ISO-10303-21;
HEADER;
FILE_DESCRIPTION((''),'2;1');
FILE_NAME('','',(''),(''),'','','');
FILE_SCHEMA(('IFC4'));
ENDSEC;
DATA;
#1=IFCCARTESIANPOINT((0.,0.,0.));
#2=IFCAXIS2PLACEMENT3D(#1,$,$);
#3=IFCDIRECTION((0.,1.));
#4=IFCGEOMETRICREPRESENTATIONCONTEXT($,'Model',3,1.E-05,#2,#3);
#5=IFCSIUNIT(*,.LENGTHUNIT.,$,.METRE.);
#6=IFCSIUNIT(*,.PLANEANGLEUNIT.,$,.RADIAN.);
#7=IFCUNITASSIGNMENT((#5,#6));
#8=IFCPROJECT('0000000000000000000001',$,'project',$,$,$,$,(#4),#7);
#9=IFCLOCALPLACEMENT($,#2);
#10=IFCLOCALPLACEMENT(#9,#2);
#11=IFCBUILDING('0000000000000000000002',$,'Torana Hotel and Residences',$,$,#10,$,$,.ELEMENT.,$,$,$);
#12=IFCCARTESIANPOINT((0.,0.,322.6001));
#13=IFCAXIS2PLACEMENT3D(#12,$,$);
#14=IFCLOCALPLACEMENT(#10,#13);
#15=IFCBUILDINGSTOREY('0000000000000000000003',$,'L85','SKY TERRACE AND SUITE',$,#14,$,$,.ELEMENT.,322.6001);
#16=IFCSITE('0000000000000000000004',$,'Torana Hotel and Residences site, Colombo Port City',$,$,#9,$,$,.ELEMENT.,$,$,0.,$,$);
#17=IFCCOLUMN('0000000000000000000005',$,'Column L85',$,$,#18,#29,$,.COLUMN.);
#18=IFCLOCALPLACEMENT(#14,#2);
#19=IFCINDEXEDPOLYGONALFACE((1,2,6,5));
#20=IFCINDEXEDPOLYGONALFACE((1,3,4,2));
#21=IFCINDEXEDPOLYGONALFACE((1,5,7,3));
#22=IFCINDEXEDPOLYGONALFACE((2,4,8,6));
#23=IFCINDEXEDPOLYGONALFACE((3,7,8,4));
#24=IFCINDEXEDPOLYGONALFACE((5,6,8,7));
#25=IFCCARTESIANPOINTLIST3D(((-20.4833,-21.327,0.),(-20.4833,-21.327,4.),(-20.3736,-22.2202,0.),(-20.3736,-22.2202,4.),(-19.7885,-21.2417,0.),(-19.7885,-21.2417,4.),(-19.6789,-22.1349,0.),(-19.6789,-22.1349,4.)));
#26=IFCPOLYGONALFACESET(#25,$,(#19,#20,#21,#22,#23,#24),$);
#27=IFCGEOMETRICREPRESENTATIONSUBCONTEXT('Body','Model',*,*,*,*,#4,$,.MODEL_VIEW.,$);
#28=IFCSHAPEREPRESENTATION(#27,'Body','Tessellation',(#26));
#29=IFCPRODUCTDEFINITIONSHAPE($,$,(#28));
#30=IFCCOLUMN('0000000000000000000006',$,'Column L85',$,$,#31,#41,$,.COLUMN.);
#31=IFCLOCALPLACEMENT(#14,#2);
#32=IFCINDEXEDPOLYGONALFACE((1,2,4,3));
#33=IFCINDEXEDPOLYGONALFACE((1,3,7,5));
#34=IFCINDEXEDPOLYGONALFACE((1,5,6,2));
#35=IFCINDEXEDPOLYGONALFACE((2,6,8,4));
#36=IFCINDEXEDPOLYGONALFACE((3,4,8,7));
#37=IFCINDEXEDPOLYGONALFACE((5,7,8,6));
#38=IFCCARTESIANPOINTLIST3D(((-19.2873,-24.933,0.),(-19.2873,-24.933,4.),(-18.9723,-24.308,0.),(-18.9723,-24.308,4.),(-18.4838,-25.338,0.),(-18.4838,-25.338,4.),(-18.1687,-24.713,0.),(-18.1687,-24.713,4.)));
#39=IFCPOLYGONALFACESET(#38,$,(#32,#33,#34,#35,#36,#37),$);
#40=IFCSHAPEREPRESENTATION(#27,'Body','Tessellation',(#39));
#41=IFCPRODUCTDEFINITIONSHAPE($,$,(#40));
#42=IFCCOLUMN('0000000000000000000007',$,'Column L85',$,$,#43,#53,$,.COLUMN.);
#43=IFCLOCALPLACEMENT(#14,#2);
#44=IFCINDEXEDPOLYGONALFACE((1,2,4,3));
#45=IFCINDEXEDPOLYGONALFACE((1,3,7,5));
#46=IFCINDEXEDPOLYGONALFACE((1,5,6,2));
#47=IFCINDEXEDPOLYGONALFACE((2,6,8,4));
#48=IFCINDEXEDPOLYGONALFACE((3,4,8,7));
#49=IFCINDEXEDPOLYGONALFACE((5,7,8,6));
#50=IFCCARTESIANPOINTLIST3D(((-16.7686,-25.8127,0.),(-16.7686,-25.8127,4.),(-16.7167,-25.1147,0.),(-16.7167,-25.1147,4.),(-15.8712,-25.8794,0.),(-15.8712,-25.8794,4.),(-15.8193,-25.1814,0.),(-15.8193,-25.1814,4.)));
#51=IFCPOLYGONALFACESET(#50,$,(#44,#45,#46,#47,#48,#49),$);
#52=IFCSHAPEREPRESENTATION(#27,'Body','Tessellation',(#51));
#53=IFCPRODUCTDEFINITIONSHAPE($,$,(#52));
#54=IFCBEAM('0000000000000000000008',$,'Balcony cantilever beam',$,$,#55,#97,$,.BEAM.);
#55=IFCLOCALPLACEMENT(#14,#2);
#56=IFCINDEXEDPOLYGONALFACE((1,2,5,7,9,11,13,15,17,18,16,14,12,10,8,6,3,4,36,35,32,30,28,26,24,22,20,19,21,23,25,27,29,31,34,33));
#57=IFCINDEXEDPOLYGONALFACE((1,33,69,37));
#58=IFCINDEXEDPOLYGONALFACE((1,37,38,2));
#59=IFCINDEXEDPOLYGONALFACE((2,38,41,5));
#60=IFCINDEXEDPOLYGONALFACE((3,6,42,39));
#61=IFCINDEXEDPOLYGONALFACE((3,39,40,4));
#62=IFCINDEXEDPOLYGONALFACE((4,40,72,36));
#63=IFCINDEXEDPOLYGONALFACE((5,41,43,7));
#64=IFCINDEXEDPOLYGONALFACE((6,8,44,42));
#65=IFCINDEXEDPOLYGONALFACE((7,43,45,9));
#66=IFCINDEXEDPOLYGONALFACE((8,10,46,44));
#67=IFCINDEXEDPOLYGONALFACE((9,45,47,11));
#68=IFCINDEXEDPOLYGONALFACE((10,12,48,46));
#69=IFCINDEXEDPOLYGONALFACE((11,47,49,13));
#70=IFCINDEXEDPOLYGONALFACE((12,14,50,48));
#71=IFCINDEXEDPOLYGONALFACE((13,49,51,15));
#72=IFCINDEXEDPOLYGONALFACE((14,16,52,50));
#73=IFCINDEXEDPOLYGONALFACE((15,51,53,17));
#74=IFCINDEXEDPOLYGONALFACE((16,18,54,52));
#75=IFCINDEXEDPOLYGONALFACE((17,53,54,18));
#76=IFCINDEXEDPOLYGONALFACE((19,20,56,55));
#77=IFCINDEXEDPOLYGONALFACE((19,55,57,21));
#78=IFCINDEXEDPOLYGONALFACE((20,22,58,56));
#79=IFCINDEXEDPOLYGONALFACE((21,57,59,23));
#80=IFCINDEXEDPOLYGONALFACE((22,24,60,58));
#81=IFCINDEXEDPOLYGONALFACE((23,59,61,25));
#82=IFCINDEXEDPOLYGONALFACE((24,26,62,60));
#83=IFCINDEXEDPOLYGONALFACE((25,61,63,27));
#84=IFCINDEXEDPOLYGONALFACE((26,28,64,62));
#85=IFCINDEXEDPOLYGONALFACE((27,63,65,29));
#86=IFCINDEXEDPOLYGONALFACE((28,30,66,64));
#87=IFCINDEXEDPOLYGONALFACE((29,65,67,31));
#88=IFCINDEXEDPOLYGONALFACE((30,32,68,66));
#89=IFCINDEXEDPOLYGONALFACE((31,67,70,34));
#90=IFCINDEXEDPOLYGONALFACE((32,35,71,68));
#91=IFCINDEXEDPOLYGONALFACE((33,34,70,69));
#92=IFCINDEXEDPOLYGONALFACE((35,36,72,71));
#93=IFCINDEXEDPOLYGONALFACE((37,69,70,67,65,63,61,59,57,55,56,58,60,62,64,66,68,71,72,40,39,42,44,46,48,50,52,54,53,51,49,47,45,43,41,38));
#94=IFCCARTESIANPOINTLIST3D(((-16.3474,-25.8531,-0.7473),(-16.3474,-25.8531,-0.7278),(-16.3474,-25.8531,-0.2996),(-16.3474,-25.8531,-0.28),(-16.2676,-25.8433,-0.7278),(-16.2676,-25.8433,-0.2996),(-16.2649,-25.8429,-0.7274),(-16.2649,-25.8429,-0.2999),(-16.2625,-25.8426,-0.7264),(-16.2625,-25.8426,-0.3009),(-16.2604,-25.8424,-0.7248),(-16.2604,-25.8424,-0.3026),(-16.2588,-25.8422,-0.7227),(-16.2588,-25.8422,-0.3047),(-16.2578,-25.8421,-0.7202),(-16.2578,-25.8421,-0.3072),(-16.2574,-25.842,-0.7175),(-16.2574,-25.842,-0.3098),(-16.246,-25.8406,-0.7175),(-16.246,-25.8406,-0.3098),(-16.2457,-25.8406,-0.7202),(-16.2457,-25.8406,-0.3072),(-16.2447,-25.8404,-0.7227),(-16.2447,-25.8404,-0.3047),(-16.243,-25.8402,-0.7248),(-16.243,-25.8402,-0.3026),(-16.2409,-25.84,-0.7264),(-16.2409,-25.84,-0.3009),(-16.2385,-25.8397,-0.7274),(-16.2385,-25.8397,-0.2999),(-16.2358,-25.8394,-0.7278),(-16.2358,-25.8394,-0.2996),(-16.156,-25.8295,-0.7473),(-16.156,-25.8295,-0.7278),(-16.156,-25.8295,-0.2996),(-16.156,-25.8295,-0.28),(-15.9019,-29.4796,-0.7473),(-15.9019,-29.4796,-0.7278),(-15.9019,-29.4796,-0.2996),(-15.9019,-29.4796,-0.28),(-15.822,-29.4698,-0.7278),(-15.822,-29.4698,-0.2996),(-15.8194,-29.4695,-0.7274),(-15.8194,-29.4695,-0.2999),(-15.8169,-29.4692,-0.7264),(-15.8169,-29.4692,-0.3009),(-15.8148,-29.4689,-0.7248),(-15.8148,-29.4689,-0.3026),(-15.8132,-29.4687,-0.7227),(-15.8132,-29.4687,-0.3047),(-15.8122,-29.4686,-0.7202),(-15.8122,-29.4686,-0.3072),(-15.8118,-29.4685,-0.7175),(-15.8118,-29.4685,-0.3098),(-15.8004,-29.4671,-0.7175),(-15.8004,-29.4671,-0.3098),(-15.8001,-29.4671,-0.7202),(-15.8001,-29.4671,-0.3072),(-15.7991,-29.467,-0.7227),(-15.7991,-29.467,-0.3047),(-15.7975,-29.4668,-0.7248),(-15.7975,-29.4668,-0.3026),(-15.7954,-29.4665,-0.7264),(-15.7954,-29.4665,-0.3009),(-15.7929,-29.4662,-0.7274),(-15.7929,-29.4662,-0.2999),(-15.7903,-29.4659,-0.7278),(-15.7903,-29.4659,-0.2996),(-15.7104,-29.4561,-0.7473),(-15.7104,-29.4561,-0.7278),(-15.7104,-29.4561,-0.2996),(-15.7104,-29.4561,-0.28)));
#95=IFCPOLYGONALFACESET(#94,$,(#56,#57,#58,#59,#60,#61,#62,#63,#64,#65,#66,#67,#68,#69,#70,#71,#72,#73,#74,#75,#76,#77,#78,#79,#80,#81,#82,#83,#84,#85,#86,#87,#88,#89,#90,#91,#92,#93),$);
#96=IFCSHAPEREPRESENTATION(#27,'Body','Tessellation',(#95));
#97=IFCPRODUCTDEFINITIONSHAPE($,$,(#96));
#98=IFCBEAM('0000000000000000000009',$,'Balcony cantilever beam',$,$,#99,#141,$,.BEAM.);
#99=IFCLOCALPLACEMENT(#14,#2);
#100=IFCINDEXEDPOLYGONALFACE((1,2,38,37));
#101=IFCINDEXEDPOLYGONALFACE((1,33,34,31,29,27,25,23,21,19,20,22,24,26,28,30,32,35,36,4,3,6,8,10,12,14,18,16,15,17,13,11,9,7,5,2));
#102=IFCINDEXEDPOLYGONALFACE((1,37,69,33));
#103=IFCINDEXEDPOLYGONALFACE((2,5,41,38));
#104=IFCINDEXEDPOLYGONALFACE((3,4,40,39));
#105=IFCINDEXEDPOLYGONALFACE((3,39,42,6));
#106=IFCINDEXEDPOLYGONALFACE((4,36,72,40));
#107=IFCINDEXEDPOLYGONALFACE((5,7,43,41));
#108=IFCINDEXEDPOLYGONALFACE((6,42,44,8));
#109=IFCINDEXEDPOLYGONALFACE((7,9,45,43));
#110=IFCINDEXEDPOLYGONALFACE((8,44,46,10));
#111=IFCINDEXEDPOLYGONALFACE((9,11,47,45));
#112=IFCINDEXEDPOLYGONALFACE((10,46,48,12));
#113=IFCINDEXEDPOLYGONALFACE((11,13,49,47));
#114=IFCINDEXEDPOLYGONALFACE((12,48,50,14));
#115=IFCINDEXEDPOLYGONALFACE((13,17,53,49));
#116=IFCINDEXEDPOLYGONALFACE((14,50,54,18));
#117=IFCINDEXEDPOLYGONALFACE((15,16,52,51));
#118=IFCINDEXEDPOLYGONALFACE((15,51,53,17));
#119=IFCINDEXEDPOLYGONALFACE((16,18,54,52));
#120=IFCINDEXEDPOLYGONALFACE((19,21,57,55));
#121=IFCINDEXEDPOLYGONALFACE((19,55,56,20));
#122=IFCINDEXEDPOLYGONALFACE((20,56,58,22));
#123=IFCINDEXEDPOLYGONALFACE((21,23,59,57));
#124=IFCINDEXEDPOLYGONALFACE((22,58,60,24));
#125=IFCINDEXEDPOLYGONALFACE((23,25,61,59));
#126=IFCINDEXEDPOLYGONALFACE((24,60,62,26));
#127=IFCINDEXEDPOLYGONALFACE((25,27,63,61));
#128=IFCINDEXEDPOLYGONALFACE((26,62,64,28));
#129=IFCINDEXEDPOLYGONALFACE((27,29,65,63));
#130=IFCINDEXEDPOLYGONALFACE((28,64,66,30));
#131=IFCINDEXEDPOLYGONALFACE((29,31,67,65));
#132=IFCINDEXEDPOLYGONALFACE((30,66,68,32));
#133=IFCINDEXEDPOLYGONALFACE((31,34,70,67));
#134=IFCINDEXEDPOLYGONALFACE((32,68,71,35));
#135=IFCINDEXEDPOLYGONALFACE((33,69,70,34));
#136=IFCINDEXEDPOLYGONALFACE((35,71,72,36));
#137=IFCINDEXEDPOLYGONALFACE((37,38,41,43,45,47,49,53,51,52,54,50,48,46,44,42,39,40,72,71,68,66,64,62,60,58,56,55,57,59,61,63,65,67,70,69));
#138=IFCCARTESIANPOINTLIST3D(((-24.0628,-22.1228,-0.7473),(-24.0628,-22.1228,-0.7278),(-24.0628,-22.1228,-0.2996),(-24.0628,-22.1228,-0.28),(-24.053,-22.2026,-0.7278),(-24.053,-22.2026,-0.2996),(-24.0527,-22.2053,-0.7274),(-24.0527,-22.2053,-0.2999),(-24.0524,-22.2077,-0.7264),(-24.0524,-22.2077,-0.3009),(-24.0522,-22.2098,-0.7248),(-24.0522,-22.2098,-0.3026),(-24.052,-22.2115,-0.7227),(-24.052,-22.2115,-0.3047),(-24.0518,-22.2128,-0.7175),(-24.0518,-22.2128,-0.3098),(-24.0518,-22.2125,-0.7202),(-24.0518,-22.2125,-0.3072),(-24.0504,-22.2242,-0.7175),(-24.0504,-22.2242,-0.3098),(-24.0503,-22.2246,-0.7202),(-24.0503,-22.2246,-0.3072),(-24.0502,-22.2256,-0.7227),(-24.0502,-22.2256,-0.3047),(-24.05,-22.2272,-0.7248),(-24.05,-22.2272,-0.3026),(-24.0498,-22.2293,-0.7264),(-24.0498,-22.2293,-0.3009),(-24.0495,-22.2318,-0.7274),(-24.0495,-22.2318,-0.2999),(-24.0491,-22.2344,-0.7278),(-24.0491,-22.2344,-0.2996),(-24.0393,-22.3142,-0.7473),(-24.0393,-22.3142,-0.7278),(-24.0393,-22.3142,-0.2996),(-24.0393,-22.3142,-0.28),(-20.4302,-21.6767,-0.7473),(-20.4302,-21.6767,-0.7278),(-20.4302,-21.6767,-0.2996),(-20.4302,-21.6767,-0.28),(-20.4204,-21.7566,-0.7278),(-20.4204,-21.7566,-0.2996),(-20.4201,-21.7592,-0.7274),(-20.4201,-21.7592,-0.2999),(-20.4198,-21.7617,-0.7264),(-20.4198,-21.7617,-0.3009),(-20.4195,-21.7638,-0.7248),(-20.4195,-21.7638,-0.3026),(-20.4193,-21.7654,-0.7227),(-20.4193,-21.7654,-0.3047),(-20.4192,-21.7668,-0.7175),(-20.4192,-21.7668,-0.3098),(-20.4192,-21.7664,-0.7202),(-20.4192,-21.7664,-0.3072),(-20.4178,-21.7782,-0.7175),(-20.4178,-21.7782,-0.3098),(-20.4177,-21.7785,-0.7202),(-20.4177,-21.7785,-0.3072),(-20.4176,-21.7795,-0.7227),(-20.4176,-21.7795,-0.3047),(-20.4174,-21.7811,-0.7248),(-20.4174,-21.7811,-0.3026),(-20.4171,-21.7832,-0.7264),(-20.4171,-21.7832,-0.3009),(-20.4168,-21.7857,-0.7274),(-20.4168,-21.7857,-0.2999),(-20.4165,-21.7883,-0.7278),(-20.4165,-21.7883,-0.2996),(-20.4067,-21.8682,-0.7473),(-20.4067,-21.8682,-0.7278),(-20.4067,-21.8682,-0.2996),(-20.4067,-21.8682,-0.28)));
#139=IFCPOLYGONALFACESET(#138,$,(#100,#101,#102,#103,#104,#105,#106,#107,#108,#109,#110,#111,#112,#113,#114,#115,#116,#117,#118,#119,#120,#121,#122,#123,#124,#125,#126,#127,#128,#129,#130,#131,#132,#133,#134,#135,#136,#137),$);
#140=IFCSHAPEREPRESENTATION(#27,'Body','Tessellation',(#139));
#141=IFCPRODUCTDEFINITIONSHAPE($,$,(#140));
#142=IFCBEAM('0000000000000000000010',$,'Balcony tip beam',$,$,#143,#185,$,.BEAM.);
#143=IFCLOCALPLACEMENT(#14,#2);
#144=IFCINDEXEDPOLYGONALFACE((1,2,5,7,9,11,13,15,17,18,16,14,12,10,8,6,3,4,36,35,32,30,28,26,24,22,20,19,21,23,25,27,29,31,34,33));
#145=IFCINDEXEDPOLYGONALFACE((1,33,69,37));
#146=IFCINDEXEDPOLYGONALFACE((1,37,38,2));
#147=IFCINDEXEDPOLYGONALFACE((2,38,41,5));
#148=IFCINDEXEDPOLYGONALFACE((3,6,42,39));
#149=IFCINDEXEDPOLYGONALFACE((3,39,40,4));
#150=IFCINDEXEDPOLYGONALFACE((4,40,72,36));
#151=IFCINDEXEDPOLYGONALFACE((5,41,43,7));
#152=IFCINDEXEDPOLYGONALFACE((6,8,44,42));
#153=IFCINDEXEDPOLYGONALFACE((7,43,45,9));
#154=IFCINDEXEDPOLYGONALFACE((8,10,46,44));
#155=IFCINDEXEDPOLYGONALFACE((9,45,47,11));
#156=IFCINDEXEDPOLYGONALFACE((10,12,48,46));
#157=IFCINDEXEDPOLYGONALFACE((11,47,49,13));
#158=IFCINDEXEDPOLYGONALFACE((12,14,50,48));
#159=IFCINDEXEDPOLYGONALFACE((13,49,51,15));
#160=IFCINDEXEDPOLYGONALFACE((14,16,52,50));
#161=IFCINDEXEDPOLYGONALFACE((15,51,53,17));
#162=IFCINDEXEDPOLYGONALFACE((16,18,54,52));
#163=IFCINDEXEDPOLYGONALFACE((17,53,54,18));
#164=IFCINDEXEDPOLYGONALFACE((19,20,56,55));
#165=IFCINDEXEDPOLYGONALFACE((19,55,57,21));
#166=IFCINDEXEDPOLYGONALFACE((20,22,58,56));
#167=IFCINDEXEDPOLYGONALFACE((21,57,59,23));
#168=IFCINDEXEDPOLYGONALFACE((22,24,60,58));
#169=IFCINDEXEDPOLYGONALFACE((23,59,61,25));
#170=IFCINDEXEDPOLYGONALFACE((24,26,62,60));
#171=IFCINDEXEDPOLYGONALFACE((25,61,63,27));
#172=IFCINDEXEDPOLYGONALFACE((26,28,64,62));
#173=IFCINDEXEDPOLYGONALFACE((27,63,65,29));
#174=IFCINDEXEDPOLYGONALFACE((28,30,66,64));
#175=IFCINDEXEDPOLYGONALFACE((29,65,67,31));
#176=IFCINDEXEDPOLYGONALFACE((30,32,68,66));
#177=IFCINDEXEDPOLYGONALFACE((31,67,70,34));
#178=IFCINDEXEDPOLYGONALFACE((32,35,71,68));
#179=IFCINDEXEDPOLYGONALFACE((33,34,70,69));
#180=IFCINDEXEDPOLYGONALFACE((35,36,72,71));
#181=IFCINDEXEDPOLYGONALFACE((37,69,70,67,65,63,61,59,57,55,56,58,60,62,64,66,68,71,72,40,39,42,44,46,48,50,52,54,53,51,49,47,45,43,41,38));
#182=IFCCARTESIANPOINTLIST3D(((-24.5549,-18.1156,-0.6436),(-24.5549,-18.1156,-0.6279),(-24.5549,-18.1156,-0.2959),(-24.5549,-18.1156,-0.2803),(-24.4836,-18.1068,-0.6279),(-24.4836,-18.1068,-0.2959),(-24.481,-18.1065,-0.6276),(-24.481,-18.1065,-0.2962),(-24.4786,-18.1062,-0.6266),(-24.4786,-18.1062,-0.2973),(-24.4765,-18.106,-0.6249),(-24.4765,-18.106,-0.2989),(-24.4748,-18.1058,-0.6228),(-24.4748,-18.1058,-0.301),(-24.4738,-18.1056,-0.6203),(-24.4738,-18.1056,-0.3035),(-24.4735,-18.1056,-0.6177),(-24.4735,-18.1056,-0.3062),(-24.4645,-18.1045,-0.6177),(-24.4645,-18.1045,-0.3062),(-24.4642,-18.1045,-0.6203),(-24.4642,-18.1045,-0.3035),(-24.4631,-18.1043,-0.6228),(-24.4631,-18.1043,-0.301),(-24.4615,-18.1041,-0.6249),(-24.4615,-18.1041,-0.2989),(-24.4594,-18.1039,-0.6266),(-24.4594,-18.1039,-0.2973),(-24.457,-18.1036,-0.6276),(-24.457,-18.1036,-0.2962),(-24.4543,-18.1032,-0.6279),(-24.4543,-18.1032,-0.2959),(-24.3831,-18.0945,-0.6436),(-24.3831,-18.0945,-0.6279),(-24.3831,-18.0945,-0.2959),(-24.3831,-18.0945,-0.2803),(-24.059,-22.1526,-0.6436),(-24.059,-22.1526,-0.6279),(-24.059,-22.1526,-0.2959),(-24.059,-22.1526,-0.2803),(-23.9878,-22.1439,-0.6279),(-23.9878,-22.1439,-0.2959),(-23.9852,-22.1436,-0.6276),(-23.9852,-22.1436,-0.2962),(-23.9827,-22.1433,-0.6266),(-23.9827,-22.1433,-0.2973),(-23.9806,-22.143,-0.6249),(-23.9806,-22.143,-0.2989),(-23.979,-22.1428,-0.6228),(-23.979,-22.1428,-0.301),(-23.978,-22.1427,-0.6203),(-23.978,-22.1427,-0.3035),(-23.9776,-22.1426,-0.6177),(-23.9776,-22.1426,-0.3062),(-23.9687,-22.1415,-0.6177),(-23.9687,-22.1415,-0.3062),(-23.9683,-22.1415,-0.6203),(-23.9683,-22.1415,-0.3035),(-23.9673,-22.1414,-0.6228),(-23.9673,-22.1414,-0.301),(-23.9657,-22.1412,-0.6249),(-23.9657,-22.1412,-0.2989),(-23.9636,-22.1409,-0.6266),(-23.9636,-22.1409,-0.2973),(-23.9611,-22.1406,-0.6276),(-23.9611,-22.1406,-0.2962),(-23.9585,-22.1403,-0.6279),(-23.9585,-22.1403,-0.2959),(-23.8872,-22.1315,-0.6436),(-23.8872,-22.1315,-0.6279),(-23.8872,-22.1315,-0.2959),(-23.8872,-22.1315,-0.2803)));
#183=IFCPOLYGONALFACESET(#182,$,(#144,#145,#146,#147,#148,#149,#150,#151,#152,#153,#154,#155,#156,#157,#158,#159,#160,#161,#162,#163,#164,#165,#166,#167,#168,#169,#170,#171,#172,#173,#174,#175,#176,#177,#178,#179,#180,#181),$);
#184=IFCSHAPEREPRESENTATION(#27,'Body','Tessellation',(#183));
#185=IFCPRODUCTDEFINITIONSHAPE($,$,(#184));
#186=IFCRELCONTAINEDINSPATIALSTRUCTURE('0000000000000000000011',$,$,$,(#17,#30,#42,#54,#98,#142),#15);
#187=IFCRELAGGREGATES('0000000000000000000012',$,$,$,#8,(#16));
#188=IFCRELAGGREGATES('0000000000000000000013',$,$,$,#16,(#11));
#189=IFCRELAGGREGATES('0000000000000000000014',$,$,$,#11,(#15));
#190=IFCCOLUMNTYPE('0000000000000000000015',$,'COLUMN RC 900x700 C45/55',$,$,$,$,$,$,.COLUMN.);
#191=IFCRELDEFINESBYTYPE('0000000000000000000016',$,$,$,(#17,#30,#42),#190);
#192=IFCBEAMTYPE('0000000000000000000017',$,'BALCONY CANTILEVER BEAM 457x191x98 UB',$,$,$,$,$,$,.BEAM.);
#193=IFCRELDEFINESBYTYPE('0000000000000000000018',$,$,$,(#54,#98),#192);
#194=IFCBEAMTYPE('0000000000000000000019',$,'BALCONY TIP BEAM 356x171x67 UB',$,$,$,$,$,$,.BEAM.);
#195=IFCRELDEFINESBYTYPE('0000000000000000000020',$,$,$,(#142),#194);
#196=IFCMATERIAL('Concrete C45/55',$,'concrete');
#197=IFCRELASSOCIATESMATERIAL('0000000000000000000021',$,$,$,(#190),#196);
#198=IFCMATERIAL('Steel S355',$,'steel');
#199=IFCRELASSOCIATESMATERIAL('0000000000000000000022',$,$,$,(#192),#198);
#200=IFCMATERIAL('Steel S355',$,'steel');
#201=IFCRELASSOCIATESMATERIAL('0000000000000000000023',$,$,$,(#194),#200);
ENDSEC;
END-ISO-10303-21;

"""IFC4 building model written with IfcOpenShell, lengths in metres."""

from ifc_helpers import new_model, si_unit, direction, frame, origin, origin_2d, place, context, subcontext, project, spatial, rectangle, i_section, extrude, material, material_profile, profile_set, type_object, element, save


model = new_model("IFC4")

# Units and contexts
model_context = context("Model", 3, precision=1e-05, world=origin(), true_north=direction((0.0, 1.0)))
body_context = subcontext(model_context, "Body", "Model", "MODEL_VIEW")
ifc_project = project(units=[si_unit("LENGTHUNIT", "METRE"), si_unit("PLANEANGLEUNIT", "RADIAN")], contexts=[model_context])

# Site, building, storey
site_placement = place(None, origin())
site = spatial("IfcSite", under=ifc_project, at=site_placement, Name="Torana Hotel and Residences site, Colombo Port City", CompositionType="ELEMENT", RefElevation=0.0)
building_placement = place(site_placement, origin())
building = spatial("IfcBuilding", under=site, at=building_placement, Name="Torana Hotel and Residences", CompositionType="ELEMENT")
storey_placement = place(building_placement, frame((0.0, 0.0, 322.6001)))
storey = spatial("IfcBuildingStorey", under=building, at=storey_placement, Name="L85", Description="SKY TERRACE AND SUITE", CompositionType="ELEMENT", Elevation=322.6001)

# Columns
ifc_material_1 = material(Name="Concrete C45/55", Category="concrete")
ifc_material_profile_1 = material_profile(ifc_material_1, rectangle(XDim=0.8999, YDim=0.7, at=origin_2d()), Name="RC 900x700")
ifc_profile_set_1 = profile_set([ifc_material_profile_1], Name="Concrete C45/55")
column_type = type_object("IfcColumnType", Name="COLUMN RC 900x700 C45/55", PredefinedType="COLUMN", material=ifc_profile_set_1)
for number, where, z_axis, x_axis, name in (
    (1, (-20.0811, -21.731, 0.0), (0.0, 0.0, 1.0), (-0.121869, 0.992546, 0.0), "Column L85"),
    (2, (-18.728, -24.823, 0.0), (0.0, 0.0, 1.0), (-0.892979, 0.450098, 0.0), "Column L85"),
    (3, (-16.2939, -25.4971, 0.0), (0.0, 0.0, 1.0), (-0.997251, 0.074091, 0.0), "Column L85"),
):
    element("IfcColumn", number, at=place(storey_placement, frame(where, z_axis=z_axis, x_axis=x_axis)), inside=storey, type_object=column_type, Name=name, PredefinedType="COLUMN", context=body_context, shape_type="SweptSolid", body=[
        extrude(rectangle(XDim=0.8999, YDim=0.7, at=origin_2d()), origin(), (0.0, 0.0, 1.0), 4.0),
    ])

# Beams
ifc_material_2 = material(Name="Steel S355", Category="steel")
ifc_material_profile_2 = material_profile(ifc_material_2, i_section(OverallWidth=0.1929, OverallDepth=0.4673, WebThickness=0.0115, FlangeThickness=0.0195, FilletRadius=0.0103, at=origin_2d()), Name="457x191x98 UB")
ifc_profile_set_2 = profile_set([ifc_material_profile_2], Name="Steel S355")
beam_type_1 = type_object("IfcBeamType", Name="BALCONY CANTILEVER BEAM 457x191x98 UB", PredefinedType="BEAM", material=ifc_profile_set_2)
beam_1_placement = place(storey_placement, frame((-16.2517, -25.8413, -0.5137), z_axis=(0.121946, -0.992537, 0.0), x_axis=(0.992537, 0.121946, 0.0)))
element("IfcBeam", 4, at=beam_1_placement, inside=storey, type_object=beam_type_1, Name="Balcony cantilever beam", PredefinedType="BEAM", context=body_context, shape_type="SweptSolid", body=[
    extrude(i_section(OverallWidth=0.1929, OverallDepth=0.4673, WebThickness=0.0115, FlangeThickness=0.0195, FilletRadius=0.0103, at=origin_2d()), origin(), (0.0, 0.0, 1.0), 3.6538),
])
beam_2_placement = place(storey_placement, frame((-20.4185, -21.7725, -0.5137), z_axis=(-0.992545, -0.121875, 0.0), x_axis=(0.121875, -0.992545, 0.0)))
element("IfcBeam", 5, at=beam_2_placement, inside=storey, type_object=beam_type_1, Name="Balcony cantilever beam", PredefinedType="BEAM", context=body_context, shape_type="SweptSolid", body=[
    extrude(i_section(OverallWidth=0.1929, OverallDepth=0.4673, WebThickness=0.0115, FlangeThickness=0.0195, FilletRadius=0.0103, at=origin_2d()), origin(), (0.0, 0.0, 1.0), 3.6599),
])
ifc_material_3 = material(Name="Steel S355", Category="steel")
ifc_material_profile_3 = material_profile(ifc_material_3, i_section(OverallWidth=0.1731, OverallDepth=0.3633, WebThickness=0.009, FlangeThickness=0.0156, FilletRadius=0.0103, at=origin_2d()), Name="356x171x67 UB")
ifc_profile_set_3 = profile_set([ifc_material_profile_3], Name="Steel S355")
beam_type_2 = type_object("IfcBeamType", Name="BALCONY TIP BEAM 356x171x67 UB", PredefinedType="BEAM", material=ifc_profile_set_3)
beam_3_placement = place(storey_placement, frame((-23.9731, -22.1421, -0.4619), z_axis=(-0.121907, 0.992542, 0.0), x_axis=(-0.992542, -0.121907, 0.0)))
element("IfcBeam", 6, at=beam_3_placement, inside=storey, type_object=beam_type_2, Name="Balcony tip beam", PredefinedType="BEAM", context=body_context, shape_type="SweptSolid", body=[
    extrude(i_section(OverallWidth=0.1731, OverallDepth=0.3633, WebThickness=0.009, FlangeThickness=0.0156, FilletRadius=0.0103, at=origin_2d()), origin(), (0.0, 0.0, 1.0), 4.0674),
])

save(model, "model.ifc")
